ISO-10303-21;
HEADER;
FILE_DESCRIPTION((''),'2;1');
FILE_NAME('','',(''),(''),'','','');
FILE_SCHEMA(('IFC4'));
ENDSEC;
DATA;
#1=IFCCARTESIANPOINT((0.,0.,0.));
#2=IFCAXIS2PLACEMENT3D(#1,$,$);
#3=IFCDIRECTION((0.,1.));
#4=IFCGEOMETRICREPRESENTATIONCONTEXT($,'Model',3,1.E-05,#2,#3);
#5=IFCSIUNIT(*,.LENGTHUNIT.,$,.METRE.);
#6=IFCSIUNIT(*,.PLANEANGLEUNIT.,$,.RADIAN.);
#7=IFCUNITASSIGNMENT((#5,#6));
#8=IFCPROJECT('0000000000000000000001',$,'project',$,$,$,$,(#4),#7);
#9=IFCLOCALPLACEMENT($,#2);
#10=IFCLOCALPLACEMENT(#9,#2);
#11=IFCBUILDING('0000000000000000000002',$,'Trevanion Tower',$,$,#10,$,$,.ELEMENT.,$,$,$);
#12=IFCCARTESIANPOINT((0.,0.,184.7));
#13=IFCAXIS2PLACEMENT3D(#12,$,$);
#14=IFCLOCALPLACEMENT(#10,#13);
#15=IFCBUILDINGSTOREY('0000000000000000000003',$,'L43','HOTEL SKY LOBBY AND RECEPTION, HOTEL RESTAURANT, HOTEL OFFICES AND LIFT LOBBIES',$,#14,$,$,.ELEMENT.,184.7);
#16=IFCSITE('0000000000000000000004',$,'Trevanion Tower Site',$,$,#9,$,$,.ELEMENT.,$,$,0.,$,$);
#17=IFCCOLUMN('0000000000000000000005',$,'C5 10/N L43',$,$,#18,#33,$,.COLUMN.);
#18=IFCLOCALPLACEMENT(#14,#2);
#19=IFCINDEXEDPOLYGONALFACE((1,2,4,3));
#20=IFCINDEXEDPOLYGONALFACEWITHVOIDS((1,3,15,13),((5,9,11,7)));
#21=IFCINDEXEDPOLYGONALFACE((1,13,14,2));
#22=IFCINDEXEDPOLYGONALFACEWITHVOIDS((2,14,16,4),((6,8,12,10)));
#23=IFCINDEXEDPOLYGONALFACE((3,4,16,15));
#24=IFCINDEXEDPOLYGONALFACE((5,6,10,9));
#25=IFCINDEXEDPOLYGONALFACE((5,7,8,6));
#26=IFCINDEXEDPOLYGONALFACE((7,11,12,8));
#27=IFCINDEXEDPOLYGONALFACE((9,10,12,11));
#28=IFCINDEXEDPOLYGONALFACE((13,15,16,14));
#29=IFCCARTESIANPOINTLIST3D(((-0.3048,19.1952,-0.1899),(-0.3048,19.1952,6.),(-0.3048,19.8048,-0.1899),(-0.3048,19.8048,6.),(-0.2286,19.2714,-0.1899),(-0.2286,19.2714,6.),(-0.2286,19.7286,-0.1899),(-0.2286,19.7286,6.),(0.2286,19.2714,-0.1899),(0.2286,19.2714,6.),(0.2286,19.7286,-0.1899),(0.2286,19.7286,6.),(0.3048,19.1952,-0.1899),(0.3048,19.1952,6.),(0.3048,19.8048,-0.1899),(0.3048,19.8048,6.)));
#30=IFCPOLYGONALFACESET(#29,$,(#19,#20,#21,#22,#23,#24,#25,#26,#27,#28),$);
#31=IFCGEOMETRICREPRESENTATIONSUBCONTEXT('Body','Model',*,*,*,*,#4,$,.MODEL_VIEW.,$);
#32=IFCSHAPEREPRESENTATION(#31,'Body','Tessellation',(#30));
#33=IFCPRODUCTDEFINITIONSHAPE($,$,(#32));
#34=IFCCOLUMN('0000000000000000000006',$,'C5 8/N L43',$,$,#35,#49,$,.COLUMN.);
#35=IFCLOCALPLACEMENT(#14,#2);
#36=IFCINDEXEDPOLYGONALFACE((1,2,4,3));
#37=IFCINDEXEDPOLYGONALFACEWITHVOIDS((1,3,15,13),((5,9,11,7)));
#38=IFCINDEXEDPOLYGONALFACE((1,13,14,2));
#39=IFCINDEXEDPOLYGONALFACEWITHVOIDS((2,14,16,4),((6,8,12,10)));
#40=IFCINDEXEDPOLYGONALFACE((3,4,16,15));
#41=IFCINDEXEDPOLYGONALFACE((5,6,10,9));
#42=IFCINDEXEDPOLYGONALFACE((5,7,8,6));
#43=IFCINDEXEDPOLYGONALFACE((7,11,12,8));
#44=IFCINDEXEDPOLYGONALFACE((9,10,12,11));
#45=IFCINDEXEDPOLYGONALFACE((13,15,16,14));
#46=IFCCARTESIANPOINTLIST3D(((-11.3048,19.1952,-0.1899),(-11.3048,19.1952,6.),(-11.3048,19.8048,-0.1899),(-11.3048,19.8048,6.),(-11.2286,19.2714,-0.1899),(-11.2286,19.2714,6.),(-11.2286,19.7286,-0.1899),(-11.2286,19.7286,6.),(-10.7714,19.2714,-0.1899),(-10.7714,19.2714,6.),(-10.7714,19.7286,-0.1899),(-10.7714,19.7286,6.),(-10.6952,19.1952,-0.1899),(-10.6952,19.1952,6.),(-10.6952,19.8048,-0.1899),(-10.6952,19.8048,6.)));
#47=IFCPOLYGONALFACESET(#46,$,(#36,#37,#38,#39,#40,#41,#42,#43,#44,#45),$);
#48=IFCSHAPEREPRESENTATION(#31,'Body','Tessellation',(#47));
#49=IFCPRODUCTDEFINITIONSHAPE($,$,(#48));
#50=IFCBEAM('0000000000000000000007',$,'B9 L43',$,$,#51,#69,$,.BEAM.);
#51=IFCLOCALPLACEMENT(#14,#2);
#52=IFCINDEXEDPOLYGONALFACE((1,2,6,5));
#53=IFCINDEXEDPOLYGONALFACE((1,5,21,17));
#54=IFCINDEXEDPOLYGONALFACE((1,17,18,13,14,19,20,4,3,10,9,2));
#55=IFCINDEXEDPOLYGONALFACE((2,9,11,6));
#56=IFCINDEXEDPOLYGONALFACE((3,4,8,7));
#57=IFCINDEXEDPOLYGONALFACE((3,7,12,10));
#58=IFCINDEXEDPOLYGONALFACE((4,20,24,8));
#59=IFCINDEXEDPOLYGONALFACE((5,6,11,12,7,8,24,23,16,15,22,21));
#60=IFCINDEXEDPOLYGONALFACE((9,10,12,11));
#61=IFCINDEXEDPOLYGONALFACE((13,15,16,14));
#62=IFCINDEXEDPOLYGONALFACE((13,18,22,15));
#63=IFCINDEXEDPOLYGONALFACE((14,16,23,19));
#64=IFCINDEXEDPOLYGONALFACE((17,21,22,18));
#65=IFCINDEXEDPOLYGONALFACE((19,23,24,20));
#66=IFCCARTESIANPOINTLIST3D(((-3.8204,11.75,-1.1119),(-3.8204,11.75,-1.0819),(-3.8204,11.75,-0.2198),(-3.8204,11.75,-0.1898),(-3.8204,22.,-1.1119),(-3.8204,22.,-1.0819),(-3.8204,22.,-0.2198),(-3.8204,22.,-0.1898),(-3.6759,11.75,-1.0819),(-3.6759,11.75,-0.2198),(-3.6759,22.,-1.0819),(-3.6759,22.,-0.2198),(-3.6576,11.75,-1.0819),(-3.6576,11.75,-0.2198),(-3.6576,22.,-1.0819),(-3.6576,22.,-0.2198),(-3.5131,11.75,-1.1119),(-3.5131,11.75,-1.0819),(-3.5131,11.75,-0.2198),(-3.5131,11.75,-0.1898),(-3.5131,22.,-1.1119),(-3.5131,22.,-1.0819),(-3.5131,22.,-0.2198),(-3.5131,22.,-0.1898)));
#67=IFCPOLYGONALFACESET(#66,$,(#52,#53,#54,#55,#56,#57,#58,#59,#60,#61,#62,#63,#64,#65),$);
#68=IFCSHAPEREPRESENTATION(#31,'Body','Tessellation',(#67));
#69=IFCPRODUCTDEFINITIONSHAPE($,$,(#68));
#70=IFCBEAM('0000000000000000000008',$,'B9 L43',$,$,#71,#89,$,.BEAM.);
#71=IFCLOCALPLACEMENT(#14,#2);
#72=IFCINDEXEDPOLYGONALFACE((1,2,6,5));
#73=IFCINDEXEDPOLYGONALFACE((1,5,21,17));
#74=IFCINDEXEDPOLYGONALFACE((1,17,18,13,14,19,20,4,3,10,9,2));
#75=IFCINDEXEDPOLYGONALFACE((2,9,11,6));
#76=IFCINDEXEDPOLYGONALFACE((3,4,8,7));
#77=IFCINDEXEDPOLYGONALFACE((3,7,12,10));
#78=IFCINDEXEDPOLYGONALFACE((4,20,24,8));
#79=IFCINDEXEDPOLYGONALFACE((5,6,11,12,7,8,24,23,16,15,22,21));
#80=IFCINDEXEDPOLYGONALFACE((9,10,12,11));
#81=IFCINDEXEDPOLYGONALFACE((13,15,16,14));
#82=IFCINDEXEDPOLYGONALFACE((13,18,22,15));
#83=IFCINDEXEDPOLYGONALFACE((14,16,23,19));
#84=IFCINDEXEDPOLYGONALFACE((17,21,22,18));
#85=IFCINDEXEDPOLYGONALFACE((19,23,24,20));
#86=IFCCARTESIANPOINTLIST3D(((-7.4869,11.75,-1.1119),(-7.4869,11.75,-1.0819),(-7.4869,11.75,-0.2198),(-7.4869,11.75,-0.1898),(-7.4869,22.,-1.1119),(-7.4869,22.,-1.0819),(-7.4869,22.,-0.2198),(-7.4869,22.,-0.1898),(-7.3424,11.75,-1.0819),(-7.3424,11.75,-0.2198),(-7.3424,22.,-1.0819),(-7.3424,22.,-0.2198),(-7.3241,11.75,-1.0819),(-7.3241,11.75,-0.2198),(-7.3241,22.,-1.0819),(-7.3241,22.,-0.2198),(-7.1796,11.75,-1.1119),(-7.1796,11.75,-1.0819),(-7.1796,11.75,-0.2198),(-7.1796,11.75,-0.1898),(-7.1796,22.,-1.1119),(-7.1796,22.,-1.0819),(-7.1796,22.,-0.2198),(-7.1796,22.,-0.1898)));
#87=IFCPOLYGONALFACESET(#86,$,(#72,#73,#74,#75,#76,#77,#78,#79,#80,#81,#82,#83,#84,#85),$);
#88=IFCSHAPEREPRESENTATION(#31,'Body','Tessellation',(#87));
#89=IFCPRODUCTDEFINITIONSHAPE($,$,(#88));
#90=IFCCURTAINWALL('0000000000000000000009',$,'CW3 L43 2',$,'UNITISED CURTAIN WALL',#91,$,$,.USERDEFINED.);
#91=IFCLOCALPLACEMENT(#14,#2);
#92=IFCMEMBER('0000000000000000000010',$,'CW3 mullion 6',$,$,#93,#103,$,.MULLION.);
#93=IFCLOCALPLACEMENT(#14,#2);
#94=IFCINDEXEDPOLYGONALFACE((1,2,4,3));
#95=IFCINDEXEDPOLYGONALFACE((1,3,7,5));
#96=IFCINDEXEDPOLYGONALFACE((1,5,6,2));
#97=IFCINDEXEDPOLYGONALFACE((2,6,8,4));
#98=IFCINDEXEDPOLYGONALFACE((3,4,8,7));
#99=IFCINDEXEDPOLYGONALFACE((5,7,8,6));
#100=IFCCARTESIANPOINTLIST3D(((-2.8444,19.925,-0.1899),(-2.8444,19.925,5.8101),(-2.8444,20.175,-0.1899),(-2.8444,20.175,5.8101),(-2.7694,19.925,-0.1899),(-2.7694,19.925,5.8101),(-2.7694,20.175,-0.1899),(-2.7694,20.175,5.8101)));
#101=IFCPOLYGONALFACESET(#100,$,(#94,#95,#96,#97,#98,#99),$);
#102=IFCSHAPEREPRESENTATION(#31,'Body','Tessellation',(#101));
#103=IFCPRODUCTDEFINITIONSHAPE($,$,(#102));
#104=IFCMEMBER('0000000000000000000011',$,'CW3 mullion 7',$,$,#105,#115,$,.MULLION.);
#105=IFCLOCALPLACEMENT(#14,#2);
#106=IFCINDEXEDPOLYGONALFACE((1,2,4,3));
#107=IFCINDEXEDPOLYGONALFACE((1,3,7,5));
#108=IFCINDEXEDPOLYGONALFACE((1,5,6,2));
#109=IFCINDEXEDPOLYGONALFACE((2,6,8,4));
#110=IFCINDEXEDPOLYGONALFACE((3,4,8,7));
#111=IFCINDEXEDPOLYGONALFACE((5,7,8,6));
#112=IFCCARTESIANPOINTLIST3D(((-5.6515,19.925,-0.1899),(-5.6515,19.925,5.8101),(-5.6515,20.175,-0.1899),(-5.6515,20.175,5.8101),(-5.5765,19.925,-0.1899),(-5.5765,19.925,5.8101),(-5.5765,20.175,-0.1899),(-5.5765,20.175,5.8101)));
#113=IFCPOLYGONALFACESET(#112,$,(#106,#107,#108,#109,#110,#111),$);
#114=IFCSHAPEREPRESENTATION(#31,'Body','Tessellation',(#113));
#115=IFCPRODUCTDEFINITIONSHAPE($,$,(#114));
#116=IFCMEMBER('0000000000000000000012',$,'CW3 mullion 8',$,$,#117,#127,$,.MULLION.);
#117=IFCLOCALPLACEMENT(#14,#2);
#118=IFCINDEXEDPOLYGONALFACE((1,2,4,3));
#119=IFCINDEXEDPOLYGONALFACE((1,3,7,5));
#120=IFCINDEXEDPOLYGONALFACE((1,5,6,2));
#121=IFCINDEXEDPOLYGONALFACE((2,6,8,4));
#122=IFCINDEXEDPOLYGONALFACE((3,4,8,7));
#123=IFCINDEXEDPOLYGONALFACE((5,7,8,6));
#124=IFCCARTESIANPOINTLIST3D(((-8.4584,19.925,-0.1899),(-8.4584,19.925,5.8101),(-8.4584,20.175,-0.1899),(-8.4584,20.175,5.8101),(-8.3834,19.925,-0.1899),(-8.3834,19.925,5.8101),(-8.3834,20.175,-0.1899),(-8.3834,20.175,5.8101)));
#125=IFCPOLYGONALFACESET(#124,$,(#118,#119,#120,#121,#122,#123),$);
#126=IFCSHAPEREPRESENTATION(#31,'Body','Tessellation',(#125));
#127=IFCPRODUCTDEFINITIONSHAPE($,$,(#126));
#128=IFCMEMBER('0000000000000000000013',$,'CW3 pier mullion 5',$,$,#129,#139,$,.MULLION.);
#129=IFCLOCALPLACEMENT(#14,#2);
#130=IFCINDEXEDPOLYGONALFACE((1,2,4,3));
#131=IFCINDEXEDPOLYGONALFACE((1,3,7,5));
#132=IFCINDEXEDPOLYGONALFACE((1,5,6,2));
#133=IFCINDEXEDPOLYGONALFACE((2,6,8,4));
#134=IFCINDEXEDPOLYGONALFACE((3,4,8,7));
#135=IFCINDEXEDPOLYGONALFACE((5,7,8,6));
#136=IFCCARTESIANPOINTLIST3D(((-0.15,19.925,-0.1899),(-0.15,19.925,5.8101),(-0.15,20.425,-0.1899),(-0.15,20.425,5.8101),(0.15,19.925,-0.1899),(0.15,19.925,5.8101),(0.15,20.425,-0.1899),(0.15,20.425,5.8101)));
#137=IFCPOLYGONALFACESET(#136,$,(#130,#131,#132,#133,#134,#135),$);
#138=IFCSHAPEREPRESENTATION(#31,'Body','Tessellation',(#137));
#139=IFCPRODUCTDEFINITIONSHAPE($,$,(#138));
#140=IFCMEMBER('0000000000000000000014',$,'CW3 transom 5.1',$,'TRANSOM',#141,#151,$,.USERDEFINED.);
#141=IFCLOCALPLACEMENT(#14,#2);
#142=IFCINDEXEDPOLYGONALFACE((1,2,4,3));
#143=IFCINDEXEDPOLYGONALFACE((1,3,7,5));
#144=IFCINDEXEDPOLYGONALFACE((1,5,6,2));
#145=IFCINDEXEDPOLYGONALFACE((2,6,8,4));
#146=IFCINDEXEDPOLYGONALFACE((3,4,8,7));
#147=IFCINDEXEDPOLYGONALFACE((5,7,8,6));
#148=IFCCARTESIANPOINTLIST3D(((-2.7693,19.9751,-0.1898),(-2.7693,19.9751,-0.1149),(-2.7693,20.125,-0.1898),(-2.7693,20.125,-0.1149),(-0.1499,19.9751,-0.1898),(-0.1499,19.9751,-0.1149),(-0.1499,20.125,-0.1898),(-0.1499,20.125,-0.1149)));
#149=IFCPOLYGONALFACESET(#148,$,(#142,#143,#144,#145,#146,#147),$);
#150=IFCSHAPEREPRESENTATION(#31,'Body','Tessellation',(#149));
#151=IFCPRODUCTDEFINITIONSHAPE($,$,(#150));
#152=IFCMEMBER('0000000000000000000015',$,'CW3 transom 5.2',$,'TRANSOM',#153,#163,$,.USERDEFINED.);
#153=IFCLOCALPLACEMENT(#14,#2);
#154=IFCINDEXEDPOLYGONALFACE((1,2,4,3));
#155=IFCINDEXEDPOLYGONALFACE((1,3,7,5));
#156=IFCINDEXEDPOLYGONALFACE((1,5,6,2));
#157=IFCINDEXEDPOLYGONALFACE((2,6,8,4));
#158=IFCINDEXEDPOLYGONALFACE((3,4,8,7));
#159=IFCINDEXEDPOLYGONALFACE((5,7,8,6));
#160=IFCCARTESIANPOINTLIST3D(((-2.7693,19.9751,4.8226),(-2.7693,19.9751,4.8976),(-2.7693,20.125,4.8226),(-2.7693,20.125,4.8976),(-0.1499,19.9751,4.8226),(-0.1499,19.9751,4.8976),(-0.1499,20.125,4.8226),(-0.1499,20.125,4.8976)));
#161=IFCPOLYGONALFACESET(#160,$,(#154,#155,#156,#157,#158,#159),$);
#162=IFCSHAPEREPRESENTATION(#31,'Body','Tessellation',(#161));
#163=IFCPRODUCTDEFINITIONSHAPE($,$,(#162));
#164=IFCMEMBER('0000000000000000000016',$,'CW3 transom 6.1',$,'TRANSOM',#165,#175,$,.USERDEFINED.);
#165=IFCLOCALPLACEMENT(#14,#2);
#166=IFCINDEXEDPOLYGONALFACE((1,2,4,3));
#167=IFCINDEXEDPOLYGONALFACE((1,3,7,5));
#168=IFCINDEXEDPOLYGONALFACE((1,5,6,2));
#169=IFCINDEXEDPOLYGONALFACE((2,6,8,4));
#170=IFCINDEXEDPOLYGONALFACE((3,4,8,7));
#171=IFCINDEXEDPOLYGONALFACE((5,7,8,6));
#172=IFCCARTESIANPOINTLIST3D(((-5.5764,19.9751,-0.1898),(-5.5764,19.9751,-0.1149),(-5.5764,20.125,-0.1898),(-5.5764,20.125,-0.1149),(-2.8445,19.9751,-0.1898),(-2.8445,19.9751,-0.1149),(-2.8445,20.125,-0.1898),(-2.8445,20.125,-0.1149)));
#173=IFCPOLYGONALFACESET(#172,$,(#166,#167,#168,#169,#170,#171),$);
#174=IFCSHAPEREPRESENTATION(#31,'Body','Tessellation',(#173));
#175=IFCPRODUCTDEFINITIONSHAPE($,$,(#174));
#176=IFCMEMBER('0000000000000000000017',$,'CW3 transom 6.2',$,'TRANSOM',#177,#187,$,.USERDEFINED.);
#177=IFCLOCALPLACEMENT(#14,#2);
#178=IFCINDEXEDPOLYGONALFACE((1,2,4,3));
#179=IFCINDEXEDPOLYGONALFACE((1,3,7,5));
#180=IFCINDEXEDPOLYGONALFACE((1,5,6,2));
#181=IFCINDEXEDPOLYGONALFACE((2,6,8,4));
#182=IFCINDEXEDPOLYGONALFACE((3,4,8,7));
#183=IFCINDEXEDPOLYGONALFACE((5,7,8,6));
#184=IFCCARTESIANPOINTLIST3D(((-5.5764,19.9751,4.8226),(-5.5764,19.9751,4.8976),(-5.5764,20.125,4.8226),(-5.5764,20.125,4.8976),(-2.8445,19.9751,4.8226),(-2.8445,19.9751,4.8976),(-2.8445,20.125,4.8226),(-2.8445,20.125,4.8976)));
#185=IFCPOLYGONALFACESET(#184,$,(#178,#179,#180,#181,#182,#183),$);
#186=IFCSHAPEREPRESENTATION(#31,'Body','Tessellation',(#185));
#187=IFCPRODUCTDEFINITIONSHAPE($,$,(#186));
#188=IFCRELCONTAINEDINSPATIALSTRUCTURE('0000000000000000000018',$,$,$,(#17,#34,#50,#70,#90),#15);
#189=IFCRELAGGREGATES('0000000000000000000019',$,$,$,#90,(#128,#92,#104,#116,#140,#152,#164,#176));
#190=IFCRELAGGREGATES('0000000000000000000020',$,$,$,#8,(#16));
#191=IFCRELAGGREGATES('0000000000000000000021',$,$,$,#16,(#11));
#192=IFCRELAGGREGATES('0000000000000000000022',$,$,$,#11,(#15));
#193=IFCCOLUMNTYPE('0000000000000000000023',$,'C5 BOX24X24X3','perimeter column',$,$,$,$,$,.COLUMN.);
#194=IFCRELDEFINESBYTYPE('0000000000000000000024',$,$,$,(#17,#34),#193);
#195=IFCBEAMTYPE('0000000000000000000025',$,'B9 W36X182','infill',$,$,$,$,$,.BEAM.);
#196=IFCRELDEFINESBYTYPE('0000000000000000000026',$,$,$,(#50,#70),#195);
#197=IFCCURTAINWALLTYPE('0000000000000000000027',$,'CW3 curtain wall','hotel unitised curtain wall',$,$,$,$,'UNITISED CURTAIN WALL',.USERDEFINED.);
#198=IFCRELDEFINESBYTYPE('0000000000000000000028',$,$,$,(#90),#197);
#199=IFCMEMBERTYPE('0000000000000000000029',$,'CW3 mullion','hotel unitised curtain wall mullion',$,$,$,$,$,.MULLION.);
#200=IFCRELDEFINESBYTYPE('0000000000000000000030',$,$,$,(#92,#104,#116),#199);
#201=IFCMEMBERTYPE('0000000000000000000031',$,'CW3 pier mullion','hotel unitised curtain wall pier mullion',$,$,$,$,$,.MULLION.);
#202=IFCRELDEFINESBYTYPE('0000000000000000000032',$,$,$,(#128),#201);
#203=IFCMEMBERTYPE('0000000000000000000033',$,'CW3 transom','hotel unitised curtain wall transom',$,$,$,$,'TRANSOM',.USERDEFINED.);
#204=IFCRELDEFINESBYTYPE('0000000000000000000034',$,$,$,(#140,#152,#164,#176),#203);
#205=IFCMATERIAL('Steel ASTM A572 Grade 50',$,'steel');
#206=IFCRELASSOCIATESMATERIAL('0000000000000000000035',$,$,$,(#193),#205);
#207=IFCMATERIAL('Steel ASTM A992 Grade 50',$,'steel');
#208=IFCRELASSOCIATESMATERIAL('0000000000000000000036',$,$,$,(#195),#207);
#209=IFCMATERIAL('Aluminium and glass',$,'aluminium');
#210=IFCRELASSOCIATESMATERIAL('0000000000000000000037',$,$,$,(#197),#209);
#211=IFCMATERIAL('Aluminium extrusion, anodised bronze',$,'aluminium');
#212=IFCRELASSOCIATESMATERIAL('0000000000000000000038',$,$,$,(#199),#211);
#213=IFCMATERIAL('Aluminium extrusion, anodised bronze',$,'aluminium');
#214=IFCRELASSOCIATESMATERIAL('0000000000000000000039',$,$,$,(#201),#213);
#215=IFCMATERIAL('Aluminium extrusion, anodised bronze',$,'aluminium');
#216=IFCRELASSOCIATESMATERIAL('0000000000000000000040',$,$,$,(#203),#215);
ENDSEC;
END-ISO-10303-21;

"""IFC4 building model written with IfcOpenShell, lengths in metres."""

from ifc_helpers import new_model, si_unit, direction, frame, origin, origin_2d, place, context, subcontext, project, spatial, rectangle, hollow_rectangle, i_section, extrude, material, material_profile, profile_set, type_object, element, aggregate, save


model = new_model("IFC4")

# Units and contexts
model_context = context("Model", 3, precision=1e-05, world=origin(), true_north=direction((0.0, 1.0)))
body_context = subcontext(model_context, "Body", "Model", "MODEL_VIEW")
ifc_project = project(units=[si_unit("LENGTHUNIT", "METRE"), si_unit("PLANEANGLEUNIT", "RADIAN")], contexts=[model_context])

# Site, building, storey
site_placement = place(None, origin())
site = spatial("IfcSite", under=ifc_project, at=site_placement, Name="Trevanion Tower Site", CompositionType="ELEMENT", RefElevation=0.0)
building_placement = place(site_placement, origin())
building = spatial("IfcBuilding", under=site, at=building_placement, Name="Trevanion Tower", CompositionType="ELEMENT")
storey_placement = place(building_placement, frame((0.0, 0.0, 184.7)))
storey = spatial("IfcBuildingStorey", under=building, at=storey_placement, Name="L43", Description="HOTEL SKY LOBBY AND RECEPTION, HOTEL RESTAURANT, HOTEL OFFICES AND LIFT LOBBIES", CompositionType="ELEMENT", Elevation=184.7)

# Columns
ifc_material_1 = material(Name="Steel ASTM A572 Grade 50", Category="steel")
ifc_material_profile_1 = material_profile(ifc_material_1, hollow_rectangle(XDim=0.6096, YDim=0.6096, WallThickness=0.0762, at=origin_2d()), Name="BOX24X24X3")
ifc_profile_set_1 = profile_set([ifc_material_profile_1], Name="Steel ASTM A572 Grade 50")
column_type = type_object("IfcColumnType", Name="C5 BOX24X24X3", Description="perimeter column", PredefinedType="COLUMN", material=ifc_profile_set_1)
for number, where, z_axis, x_axis, name in (
    (1, (0.0, 19.5, -0.1899), (0.0, 0.0, 1.0), (1.0, 0.0, 0.0), "C5 10/N L43"),
    (2, (-11.0, 19.5, -0.1899), (0.0, 0.0, 1.0), (1.0, 0.0, 0.0), "C5 8/N L43"),
):
    element("IfcColumn", number, at=place(storey_placement, frame(where, z_axis=z_axis, x_axis=x_axis)), inside=storey, type_object=column_type, Name=name, PredefinedType="COLUMN", context=body_context, shape_type="SweptSolid", body=[
        extrude(hollow_rectangle(XDim=0.6096, YDim=0.6096, WallThickness=0.0762, at=origin_2d()), origin(), (0.0, 0.0, 1.0), 6.1899),
    ])

# Beams
ifc_material_2 = material(Name="Steel ASTM A992 Grade 50", Category="steel")
ifc_material_profile_2 = material_profile(ifc_material_2, i_section(OverallWidth=0.3074, OverallDepth=0.9221, WebThickness=0.0183, FlangeThickness=0.03, at=origin_2d()), Name="W36X182")
ifc_profile_set_2 = profile_set([ifc_material_profile_2], Name="Steel ASTM A992 Grade 50")
beam_type_1 = type_object("IfcBeamType", Name="B9 W36X182", Description="infill", PredefinedType="BEAM", material=ifc_profile_set_2)
for number, where, z_axis, x_axis, name in (
    (3, (-3.6667, 11.75, -0.6509), (0.0, 1.0, 0.0), (-1.0, 0.0, 0.0), "B9 L43"),
    (4, (-7.3333, 11.75, -0.6509), (0.0, 1.0, 0.0), (-1.0, 0.0, 0.0), "B9 L43"),
):
    element("IfcBeam", number, at=place(storey_placement, frame(where, z_axis=z_axis, x_axis=x_axis)), inside=storey, type_object=beam_type_1, Name=name, PredefinedType="BEAM", context=body_context, shape_type="SweptSolid", body=[
        extrude(i_section(OverallWidth=0.3074, OverallDepth=0.9221, WebThickness=0.0183, FlangeThickness=0.03, at=origin_2d()), origin(), (0.0, 0.0, 1.0), 10.25),
    ])

# Curtain wall, members
ifc_material_3 = material(Name="Aluminium and glass", Category="aluminium")
curtain_wall_type = type_object("IfcCurtainWallType", Name="CW3 curtain wall", Description="hotel unitised curtain wall", ElementType="UNITISED CURTAIN WALL", PredefinedType="USERDEFINED", material=ifc_material_3)
curtain_wall_placement = place(storey_placement, origin())
curtain_wall = element("IfcCurtainWall", 5, at=curtain_wall_placement, inside=storey, type_object=curtain_wall_type, Name="CW3 L43 2", ObjectType="UNITISED CURTAIN WALL", PredefinedType="USERDEFINED")
ifc_material_4 = material(Name="Aluminium extrusion, anodised bronze", Category="aluminium")
ifc_material_profile_3 = material_profile(ifc_material_4, rectangle(XDim=0.075, YDim=0.25, at=origin_2d()), Name="CW3 mullion")
ifc_profile_set_3 = profile_set([ifc_material_profile_3], Name="Aluminium extrusion, anodised bronze")
member_type_1 = type_object("IfcMemberType", Name="CW3 mullion", Description="hotel unitised curtain wall mullion", PredefinedType="MULLION", material=ifc_profile_set_3)
member_1_placement = place(storey_placement, frame((-2.8069, 20.05, -0.1899), z_axis=(0.0, 0.0, 1.0), x_axis=(-1.0, 0.0, 0.0)))
member_1 = element("IfcMember", 6, at=member_1_placement, type_object=member_type_1, Name="CW3 mullion 6", PredefinedType="MULLION", context=body_context, shape_type="SweptSolid", body=[
    extrude(rectangle(XDim=0.075, YDim=0.25, at=origin_2d()), origin(), (0.0, 0.0, 1.0), 6.0),
])
member_2_placement = place(storey_placement, frame((-5.614, 20.05, -0.1899), z_axis=(0.0, 0.0, 1.0), x_axis=(-1.0, 0.0, 0.0)))
member_2 = element("IfcMember", 7, at=member_2_placement, type_object=member_type_1, Name="CW3 mullion 7", PredefinedType="MULLION", context=body_context, shape_type="SweptSolid", body=[
    extrude(rectangle(XDim=0.075, YDim=0.25, at=origin_2d()), origin(), (0.0, 0.0, 1.0), 6.0),
])
member_3_placement = place(storey_placement, frame((-8.4209, 20.05, -0.1899), z_axis=(0.0, 0.0, 1.0), x_axis=(-1.0, 0.0, 0.0)))
member_3 = element("IfcMember", 8, at=member_3_placement, type_object=member_type_1, Name="CW3 mullion 8", PredefinedType="MULLION", context=body_context, shape_type="SweptSolid", body=[
    extrude(rectangle(XDim=0.075, YDim=0.25, at=origin_2d()), origin(), (0.0, 0.0, 1.0), 6.0),
])
ifc_material_5 = material(Name="Aluminium extrusion, anodised bronze", Category="aluminium")
ifc_material_profile_4 = material_profile(ifc_material_5, rectangle(XDim=0.3, YDim=0.5, at=origin_2d()), Name="CW3 pier mullion")
ifc_profile_set_4 = profile_set([ifc_material_profile_4], Name="Aluminium extrusion, anodised bronze")
member_type_2 = type_object("IfcMemberType", Name="CW3 pier mullion", Description="hotel unitised curtain wall pier mullion", PredefinedType="MULLION", material=ifc_profile_set_4)
member_4_placement = place(storey_placement, frame((0.0, 20.175, -0.1899), z_axis=(0.0, 0.0, 1.0), x_axis=(-1.0, 0.0, 0.0)))
member_4 = element("IfcMember", 9, at=member_4_placement, type_object=member_type_2, Name="CW3 pier mullion 5", PredefinedType="MULLION", context=body_context, shape_type="SweptSolid", body=[
    extrude(rectangle(XDim=0.3, YDim=0.5, at=origin_2d()), origin(), (0.0, 0.0, 1.0), 6.0),
])
ifc_material_6 = material(Name="Aluminium extrusion, anodised bronze", Category="aluminium")
ifc_material_profile_5 = material_profile(ifc_material_6, rectangle(XDim=0.1499, YDim=0.075, at=origin_2d()), Name="CW3 transom")
ifc_profile_set_5 = profile_set([ifc_material_profile_5], Name="Aluminium extrusion, anodised bronze")
member_type_3 = type_object("IfcMemberType", Name="CW3 transom", Description="hotel unitised curtain wall transom", ElementType="TRANSOM", PredefinedType="USERDEFINED", material=ifc_profile_set_5)
member_5_placement = place(storey_placement, frame((-0.1499, 20.05, -0.1523), z_axis=(-1.0, 0.0, 0.0), x_axis=(0.0, -1.0, 0.0)))
member_5 = element("IfcMember", 10, at=member_5_placement, type_object=member_type_3, Name="CW3 transom 5.1", ObjectType="TRANSOM", PredefinedType="USERDEFINED", context=body_context, shape_type="SweptSolid", body=[
    extrude(rectangle(XDim=0.1499, YDim=0.075, at=origin_2d()), origin(), (0.0, 0.0, 1.0), 2.6194),
])
member_6_placement = place(storey_placement, frame((-0.1499, 20.05, 4.8601), z_axis=(-1.0, 0.0, 0.0), x_axis=(0.0, -1.0, 0.0)))
member_6 = element("IfcMember", 11, at=member_6_placement, type_object=member_type_3, Name="CW3 transom 5.2", ObjectType="TRANSOM", PredefinedType="USERDEFINED", context=body_context, shape_type="SweptSolid", body=[
    extrude(rectangle(XDim=0.1499, YDim=0.075, at=origin_2d()), origin(), (0.0, 0.0, 1.0), 2.6194),
])
member_7_placement = place(storey_placement, frame((-2.8445, 20.05, -0.1523), z_axis=(-1.0, 0.0, 0.0), x_axis=(0.0, -1.0, 0.0)))
member_7 = element("IfcMember", 12, at=member_7_placement, type_object=member_type_3, Name="CW3 transom 6.1", ObjectType="TRANSOM", PredefinedType="USERDEFINED", context=body_context, shape_type="SweptSolid", body=[
    extrude(rectangle(XDim=0.1499, YDim=0.075, at=origin_2d()), origin(), (0.0, 0.0, 1.0), 2.7319),
])
member_8_placement = place(storey_placement, frame((-2.8445, 20.05, 4.8601), z_axis=(-1.0, 0.0, 0.0), x_axis=(0.0, -1.0, 0.0)))
member_8 = element("IfcMember", 13, at=member_8_placement, type_object=member_type_3, Name="CW3 transom 6.2", ObjectType="TRANSOM", PredefinedType="USERDEFINED", context=body_context, shape_type="SweptSolid", body=[
    extrude(rectangle(XDim=0.1499, YDim=0.075, at=origin_2d()), origin(), (0.0, 0.0, 1.0), 2.7319),
])

aggregate(curtain_wall, [member_4, member_1, member_2, member_3, member_5, member_6, member_7, member_8])

save(model, "model.ifc")
